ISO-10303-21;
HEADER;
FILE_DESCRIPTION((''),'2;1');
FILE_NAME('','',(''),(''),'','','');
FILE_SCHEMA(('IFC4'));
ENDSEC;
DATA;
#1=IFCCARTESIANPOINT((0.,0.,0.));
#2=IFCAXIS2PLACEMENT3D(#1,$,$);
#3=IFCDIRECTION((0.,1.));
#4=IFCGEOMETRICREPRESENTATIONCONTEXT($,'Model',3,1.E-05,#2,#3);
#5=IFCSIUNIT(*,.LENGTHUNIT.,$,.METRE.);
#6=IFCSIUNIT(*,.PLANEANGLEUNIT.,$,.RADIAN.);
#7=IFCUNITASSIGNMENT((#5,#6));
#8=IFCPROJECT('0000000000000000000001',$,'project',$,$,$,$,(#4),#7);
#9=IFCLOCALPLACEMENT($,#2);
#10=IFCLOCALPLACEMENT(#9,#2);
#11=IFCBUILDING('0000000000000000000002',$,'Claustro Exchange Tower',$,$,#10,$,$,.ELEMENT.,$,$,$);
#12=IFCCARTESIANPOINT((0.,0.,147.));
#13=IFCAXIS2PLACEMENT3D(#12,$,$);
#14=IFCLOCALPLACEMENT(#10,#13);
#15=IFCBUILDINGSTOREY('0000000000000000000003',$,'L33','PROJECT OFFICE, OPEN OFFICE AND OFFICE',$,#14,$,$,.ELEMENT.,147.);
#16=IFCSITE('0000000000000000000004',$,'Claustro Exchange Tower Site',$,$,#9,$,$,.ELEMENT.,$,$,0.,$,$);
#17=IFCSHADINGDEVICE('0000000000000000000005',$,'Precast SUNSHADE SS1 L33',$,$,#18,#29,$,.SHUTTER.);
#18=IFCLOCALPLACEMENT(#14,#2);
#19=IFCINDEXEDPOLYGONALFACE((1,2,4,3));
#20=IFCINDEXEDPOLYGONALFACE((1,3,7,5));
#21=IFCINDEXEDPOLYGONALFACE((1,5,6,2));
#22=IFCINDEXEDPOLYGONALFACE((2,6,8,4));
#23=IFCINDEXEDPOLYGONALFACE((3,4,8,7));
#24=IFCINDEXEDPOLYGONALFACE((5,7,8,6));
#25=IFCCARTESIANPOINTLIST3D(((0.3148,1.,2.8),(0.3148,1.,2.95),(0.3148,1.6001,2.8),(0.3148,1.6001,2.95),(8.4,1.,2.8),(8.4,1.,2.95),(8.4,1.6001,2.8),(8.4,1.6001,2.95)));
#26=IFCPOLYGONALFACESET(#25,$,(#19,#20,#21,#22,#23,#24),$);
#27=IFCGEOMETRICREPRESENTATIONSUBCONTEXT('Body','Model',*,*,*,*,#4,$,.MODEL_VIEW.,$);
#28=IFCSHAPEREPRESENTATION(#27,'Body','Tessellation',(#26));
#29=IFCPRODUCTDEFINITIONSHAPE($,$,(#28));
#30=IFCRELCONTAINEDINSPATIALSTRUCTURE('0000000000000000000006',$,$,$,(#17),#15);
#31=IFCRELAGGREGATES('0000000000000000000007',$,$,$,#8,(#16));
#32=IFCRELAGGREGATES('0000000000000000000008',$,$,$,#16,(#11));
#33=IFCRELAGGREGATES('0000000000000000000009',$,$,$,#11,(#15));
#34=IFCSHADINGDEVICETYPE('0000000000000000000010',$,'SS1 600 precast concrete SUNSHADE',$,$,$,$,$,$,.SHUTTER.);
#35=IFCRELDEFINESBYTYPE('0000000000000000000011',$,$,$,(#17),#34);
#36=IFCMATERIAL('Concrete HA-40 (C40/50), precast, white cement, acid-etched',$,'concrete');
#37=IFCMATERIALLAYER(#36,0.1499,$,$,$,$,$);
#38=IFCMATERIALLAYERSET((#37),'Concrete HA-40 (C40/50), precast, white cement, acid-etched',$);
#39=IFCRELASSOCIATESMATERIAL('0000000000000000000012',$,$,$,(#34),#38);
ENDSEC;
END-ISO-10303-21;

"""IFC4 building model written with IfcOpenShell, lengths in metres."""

from ifc_helpers import new_model, si_unit, direction, frame, origin, origin_2d, place, context, subcontext, project, spatial, rectangle, extrude, material, layer, layer_set, type_object, element, save


model = new_model("IFC4")

# Units and contexts
model_context = context("Model", 3, precision=1e-05, world=origin(), true_north=direction((0.0, 1.0)))
body_context = subcontext(model_context, "Body", "Model", "MODEL_VIEW")
ifc_project = project(units=[si_unit("LENGTHUNIT", "METRE"), si_unit("PLANEANGLEUNIT", "RADIAN")], contexts=[model_context])

# Site, building, storey
site_placement = place(None, origin())
site = spatial("IfcSite", under=ifc_project, at=site_placement, Name="Claustro Exchange Tower Site", CompositionType="ELEMENT", RefElevation=0.0)
building_placement = place(site_placement, origin())
building = spatial("IfcBuilding", under=site, at=building_placement, Name="Claustro Exchange Tower", CompositionType="ELEMENT")
storey_placement = place(building_placement, frame((0.0, 0.0, 147.0)))
storey = spatial("IfcBuildingStorey", under=building, at=storey_placement, Name="L33", Description="PROJECT OFFICE, OPEN OFFICE AND OFFICE", CompositionType="ELEMENT", Elevation=147.0)

# Shading device
ifc_material_1 = material(Name="Concrete HA-40 (C40/50), precast, white cement, acid-etched", Category="concrete")
ifc_layer_1 = layer(ifc_material_1, 0.1499)
ifc_layer_set_1 = layer_set([ifc_layer_1], Name="Concrete HA-40 (C40/50), precast, white cement, acid-etched")
shading_device_type = type_object("IfcShadingDeviceType", Name="SS1 600 precast concrete SUNSHADE", PredefinedType="SHUTTER", material=ifc_layer_set_1)
shading_device_placement = place(storey_placement, frame((4.3574, 1.3, 2.8), z_axis=(0.0, 0.0, 1.0), x_axis=(-1.0, 0.0, 0.0)))
element("IfcShadingDevice", 1, at=shading_device_placement, inside=storey, type_object=shading_device_type, Name="Precast SUNSHADE SS1 L33", PredefinedType="SHUTTER", context=body_context, shape_type="SweptSolid", body=[
    extrude(rectangle(XDim=8.0852, YDim=0.6001, at=origin_2d()), origin(), (0.0, 0.0, 1.0), 0.1499),
])

save(model, "model.ifc")
